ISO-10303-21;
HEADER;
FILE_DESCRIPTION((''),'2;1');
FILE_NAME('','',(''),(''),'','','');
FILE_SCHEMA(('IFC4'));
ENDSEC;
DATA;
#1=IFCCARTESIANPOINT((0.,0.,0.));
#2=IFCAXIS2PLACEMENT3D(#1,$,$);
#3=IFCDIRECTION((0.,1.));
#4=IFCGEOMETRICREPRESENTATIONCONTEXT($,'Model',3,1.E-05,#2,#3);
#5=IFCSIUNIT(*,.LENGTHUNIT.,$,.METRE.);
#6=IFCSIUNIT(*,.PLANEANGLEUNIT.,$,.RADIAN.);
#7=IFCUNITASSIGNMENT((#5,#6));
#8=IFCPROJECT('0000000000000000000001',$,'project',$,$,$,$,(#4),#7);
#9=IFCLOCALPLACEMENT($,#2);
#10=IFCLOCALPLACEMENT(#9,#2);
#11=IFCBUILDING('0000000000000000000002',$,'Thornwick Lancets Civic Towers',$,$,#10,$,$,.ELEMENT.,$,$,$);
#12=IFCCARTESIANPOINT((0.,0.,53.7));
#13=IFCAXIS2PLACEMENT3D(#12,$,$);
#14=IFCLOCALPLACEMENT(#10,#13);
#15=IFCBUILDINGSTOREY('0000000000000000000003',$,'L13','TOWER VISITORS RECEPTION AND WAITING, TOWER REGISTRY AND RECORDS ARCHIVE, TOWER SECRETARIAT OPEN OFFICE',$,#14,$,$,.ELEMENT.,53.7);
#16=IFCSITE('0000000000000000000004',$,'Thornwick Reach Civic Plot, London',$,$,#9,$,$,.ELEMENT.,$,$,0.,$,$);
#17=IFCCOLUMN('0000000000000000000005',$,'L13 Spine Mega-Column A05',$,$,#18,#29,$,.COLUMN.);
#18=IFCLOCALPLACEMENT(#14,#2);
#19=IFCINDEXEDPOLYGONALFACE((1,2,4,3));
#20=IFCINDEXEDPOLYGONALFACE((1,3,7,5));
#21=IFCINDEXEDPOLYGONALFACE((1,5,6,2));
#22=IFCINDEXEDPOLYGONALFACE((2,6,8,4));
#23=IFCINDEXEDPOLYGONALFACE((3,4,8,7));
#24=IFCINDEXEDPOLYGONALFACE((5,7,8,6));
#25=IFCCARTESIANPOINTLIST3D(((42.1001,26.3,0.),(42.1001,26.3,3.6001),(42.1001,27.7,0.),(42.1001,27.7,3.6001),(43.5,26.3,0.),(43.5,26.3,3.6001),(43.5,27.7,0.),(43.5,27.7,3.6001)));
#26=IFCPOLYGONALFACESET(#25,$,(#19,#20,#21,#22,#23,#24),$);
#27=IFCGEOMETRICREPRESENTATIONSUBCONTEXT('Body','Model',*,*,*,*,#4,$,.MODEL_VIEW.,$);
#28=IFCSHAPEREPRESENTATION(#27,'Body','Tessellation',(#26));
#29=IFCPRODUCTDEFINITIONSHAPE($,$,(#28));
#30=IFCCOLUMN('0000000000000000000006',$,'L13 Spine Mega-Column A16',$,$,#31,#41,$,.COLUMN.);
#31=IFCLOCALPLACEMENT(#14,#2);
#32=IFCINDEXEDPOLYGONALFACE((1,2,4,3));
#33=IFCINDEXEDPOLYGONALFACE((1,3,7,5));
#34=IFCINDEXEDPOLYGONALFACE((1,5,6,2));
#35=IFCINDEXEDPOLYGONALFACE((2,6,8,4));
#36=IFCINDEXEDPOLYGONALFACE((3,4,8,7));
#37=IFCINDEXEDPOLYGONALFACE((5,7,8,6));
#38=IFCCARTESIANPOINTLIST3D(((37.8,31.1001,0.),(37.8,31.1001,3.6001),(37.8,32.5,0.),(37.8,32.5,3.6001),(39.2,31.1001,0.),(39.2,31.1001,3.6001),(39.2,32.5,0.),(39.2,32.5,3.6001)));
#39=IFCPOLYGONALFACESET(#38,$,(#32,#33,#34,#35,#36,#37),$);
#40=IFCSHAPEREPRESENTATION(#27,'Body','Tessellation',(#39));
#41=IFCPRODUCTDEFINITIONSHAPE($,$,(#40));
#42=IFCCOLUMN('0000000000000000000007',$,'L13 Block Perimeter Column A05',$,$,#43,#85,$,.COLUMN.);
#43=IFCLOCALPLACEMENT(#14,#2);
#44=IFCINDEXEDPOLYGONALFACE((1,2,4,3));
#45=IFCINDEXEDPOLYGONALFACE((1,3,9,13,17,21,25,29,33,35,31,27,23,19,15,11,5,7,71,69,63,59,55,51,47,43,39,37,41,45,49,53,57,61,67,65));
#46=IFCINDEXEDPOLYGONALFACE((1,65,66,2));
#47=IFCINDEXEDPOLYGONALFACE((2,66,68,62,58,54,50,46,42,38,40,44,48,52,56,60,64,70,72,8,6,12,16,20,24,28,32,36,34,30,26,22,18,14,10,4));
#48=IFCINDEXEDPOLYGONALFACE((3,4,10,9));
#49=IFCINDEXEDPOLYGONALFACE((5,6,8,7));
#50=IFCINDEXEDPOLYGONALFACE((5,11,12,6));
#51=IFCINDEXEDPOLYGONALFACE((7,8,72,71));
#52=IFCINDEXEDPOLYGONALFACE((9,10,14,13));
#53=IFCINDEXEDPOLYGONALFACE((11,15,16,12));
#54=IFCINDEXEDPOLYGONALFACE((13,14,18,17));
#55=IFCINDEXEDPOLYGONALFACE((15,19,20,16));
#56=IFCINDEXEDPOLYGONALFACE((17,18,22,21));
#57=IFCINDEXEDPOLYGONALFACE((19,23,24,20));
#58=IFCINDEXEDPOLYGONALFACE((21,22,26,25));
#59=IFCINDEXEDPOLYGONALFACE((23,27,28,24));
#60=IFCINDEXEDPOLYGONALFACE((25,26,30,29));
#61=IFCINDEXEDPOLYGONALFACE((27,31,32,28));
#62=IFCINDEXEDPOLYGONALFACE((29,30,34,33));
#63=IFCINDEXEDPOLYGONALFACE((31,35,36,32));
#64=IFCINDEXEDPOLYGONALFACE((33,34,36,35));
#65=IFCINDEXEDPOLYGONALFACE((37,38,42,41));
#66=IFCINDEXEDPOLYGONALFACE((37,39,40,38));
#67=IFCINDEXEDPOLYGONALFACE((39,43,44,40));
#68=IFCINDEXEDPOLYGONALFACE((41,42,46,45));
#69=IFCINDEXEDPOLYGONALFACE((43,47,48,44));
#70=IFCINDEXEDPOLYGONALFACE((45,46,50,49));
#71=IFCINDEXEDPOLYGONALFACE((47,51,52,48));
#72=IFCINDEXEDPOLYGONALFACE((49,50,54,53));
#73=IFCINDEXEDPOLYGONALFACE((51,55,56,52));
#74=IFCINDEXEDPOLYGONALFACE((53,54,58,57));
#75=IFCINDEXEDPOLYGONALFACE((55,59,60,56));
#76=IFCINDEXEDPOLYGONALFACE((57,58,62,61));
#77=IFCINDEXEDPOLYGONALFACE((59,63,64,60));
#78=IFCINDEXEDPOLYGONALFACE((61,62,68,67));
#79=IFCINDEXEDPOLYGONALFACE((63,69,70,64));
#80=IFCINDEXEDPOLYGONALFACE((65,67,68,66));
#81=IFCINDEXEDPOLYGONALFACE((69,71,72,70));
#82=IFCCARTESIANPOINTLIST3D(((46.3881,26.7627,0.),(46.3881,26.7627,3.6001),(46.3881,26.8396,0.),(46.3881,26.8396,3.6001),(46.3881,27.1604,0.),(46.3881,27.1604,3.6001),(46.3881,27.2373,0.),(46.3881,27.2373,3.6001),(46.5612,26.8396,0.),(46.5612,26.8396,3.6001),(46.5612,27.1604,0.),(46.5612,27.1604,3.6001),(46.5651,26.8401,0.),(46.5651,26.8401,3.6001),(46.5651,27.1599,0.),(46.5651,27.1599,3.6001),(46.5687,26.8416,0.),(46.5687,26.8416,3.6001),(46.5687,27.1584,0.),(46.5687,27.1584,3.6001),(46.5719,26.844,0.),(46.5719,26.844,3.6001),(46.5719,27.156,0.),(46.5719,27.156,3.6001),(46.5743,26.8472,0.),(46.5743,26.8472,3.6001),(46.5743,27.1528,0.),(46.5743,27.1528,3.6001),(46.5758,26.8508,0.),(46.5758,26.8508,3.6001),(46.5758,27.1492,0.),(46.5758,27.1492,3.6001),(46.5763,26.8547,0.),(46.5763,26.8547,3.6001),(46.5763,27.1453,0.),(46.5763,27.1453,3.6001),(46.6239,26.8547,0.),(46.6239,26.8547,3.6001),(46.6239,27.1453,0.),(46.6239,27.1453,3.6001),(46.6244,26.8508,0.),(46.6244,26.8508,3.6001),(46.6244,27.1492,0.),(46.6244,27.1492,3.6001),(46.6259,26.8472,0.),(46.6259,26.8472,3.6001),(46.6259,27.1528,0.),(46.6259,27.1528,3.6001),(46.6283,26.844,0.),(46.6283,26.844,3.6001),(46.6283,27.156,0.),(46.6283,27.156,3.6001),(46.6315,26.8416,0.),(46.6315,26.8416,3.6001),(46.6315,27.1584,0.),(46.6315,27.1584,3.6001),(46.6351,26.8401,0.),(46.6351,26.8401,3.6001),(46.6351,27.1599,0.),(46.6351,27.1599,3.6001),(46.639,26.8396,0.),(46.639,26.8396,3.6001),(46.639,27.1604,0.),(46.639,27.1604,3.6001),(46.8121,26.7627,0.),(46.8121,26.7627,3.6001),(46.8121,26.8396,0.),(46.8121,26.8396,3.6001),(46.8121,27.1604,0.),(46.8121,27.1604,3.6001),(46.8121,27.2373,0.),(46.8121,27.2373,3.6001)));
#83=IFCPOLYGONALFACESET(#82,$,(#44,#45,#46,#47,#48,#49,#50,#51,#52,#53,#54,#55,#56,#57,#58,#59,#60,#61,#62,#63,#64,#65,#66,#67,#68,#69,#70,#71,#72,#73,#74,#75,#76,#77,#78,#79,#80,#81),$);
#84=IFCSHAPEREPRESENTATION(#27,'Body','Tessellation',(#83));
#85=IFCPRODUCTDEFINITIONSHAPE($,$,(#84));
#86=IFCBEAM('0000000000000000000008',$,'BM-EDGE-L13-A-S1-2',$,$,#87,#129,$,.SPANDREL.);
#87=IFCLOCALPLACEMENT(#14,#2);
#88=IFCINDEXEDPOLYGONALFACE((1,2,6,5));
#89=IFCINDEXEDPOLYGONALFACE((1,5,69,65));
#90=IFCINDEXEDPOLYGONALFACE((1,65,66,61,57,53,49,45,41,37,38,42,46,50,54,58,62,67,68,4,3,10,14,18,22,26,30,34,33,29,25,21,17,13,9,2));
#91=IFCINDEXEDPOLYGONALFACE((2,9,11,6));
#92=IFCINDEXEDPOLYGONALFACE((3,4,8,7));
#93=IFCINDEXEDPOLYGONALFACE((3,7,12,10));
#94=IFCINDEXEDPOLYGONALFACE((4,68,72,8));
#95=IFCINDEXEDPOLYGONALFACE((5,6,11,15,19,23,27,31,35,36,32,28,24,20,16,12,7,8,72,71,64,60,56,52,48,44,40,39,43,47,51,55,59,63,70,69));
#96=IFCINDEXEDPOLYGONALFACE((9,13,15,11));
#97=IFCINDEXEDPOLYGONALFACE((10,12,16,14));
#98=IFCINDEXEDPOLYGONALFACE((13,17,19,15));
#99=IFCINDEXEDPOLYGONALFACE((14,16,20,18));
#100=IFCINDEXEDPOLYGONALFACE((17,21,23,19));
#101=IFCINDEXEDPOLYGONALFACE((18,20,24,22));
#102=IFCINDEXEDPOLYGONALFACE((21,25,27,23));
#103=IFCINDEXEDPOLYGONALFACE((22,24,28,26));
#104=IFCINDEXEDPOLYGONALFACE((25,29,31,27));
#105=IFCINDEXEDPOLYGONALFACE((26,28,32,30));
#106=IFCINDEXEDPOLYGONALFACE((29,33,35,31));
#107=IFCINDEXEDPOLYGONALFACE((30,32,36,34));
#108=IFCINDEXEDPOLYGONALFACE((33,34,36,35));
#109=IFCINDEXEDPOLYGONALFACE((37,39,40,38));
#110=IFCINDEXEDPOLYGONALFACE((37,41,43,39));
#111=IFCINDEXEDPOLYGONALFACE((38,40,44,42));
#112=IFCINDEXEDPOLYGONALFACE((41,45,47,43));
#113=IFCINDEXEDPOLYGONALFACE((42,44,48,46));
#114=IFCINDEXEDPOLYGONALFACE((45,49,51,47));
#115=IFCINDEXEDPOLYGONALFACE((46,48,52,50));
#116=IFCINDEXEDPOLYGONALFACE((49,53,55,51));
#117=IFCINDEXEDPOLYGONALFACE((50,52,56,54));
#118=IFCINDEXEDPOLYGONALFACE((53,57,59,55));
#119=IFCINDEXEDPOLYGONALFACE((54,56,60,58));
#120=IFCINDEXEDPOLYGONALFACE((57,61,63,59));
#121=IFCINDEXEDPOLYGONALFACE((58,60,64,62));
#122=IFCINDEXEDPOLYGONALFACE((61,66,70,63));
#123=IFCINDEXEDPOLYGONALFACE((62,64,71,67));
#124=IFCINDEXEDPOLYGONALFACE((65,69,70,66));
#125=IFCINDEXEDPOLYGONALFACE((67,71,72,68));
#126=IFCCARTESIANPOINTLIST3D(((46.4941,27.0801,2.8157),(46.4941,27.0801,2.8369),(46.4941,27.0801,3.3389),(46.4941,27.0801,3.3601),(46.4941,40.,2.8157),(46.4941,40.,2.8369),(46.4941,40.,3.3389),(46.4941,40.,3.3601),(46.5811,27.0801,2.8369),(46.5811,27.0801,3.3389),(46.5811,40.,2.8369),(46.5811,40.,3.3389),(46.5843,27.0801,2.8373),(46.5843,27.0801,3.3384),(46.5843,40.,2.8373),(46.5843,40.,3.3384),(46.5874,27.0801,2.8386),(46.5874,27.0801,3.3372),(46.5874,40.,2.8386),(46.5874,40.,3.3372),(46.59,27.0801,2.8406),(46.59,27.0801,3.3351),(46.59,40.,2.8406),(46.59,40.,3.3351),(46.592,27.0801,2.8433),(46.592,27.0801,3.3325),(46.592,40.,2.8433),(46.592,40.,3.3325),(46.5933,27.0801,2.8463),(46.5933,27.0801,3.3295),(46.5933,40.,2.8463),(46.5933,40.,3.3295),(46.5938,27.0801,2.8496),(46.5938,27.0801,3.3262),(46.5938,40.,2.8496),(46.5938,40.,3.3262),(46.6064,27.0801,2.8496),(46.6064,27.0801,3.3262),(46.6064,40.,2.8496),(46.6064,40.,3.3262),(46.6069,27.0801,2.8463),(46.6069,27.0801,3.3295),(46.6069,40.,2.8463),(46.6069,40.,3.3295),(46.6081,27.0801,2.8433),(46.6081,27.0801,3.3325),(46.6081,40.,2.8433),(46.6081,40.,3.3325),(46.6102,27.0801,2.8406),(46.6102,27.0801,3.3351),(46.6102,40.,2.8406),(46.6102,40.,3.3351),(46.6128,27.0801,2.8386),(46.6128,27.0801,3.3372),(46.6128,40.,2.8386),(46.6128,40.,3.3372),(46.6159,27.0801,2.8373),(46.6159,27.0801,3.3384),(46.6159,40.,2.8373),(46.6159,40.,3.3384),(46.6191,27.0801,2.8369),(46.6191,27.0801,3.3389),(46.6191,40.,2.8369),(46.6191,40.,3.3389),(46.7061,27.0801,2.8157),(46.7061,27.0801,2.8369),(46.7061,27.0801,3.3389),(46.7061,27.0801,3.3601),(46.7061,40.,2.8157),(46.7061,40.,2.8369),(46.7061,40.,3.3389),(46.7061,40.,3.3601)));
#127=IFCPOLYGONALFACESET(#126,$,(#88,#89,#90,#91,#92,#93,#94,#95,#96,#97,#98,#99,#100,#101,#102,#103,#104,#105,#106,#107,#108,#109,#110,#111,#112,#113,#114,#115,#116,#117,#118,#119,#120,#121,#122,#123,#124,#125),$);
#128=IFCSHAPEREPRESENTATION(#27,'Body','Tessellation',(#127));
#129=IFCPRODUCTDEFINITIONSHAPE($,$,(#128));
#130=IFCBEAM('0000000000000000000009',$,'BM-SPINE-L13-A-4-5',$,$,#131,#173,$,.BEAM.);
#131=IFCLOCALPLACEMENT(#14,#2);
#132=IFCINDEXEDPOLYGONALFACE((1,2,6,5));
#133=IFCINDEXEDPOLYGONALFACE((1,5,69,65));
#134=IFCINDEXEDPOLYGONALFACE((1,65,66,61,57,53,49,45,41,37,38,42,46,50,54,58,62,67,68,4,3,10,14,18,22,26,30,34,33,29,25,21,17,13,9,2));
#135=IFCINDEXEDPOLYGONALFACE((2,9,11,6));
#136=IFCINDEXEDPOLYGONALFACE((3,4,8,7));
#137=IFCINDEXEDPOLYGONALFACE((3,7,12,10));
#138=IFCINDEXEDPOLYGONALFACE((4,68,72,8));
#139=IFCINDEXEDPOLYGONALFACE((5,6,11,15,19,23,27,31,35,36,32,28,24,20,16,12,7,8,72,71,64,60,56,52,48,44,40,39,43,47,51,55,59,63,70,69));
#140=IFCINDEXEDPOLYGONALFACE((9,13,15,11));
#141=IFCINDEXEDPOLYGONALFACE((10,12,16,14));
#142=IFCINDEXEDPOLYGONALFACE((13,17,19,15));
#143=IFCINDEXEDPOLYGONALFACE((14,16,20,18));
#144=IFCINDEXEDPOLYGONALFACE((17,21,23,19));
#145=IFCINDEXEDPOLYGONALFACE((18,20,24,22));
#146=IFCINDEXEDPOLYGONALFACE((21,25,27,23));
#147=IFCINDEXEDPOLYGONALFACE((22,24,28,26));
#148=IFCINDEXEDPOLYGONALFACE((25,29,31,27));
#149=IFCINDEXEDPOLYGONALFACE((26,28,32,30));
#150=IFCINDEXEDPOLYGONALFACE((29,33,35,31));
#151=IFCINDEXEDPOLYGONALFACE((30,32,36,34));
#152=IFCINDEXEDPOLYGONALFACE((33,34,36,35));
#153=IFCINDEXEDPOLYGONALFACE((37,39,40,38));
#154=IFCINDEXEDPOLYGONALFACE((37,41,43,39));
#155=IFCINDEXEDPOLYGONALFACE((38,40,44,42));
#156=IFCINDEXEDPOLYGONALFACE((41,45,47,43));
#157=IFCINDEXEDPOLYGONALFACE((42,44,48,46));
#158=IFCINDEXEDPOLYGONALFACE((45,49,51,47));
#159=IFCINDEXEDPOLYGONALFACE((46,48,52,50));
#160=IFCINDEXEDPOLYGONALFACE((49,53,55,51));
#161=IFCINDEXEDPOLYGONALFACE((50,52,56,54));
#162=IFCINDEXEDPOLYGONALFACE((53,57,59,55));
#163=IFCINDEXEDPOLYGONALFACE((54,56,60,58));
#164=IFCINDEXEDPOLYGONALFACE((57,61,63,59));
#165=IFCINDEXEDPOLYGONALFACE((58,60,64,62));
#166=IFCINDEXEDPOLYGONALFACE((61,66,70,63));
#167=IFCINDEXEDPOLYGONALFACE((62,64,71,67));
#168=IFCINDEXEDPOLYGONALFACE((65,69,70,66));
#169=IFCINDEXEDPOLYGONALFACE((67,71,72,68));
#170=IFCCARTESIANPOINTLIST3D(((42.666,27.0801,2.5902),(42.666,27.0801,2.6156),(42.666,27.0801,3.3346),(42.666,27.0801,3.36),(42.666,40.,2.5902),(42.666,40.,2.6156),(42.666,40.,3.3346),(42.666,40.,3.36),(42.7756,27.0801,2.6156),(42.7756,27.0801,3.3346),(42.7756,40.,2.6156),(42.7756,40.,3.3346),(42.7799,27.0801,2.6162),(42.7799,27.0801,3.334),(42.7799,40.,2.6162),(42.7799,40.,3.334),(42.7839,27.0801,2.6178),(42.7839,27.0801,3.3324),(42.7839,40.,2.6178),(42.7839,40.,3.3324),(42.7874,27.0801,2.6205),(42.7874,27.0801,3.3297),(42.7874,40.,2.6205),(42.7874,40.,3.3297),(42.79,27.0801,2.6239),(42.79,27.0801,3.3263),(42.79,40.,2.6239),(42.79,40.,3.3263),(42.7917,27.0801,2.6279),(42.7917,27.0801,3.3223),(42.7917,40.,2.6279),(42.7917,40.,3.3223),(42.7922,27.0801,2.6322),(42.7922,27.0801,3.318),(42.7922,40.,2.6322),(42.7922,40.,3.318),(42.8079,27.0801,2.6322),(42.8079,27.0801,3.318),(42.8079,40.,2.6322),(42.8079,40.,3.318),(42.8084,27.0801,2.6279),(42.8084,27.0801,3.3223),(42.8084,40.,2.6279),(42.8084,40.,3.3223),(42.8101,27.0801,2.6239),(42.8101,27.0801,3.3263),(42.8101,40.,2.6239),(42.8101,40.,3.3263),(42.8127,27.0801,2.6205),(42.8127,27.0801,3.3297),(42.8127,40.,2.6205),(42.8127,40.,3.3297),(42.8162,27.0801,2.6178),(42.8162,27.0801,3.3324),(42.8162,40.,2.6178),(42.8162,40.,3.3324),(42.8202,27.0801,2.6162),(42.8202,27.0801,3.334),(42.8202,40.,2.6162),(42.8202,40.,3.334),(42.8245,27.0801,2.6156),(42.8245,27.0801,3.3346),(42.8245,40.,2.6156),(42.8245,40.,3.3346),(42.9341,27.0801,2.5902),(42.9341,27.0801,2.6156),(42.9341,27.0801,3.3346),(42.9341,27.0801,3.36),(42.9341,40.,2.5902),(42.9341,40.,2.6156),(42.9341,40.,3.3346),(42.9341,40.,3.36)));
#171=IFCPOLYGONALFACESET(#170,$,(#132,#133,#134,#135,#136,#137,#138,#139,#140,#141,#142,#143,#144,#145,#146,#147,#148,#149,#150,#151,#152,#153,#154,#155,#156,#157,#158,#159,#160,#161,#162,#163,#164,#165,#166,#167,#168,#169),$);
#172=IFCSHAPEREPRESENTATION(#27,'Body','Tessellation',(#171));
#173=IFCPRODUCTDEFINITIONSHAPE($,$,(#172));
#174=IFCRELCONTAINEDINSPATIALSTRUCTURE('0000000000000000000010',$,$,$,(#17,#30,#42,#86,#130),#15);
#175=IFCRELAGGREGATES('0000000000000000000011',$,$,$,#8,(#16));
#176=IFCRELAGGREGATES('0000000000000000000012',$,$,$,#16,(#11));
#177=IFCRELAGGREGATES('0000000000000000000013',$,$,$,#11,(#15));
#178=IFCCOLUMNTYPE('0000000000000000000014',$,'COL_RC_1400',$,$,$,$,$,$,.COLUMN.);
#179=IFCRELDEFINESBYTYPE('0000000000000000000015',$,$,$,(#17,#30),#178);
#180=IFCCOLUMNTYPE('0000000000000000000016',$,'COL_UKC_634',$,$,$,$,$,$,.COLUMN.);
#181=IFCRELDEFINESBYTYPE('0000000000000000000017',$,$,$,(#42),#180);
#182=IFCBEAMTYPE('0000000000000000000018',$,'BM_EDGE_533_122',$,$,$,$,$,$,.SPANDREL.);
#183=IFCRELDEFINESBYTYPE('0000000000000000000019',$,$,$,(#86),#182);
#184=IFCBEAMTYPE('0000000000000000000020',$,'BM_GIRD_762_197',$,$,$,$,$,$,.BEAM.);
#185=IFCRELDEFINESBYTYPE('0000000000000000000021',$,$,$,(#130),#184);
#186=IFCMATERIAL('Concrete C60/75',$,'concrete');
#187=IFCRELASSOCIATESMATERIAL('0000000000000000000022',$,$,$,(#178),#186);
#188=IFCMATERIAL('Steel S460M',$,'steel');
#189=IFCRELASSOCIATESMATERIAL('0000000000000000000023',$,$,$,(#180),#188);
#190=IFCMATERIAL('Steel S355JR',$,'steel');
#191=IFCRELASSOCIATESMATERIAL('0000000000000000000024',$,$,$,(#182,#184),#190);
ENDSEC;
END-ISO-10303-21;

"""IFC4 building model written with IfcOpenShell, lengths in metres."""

from ifc_helpers import new_model, si_unit, direction, frame, origin, origin_2d, place, context, subcontext, project, spatial, rectangle, i_section, extrude, material, material_profile, profile_set, type_object, element, save


model = new_model("IFC4")

# Units and contexts
model_context = context("Model", 3, precision=1e-05, world=origin(), true_north=direction((0.0, 1.0)))
body_context = subcontext(model_context, "Body", "Model", "MODEL_VIEW")
ifc_project = project(units=[si_unit("LENGTHUNIT", "METRE"), si_unit("PLANEANGLEUNIT", "RADIAN")], contexts=[model_context])

# Site, building, storey
site_placement = place(None, origin())
site = spatial("IfcSite", under=ifc_project, at=site_placement, Name="Thornwick Reach Civic Plot, London", CompositionType="ELEMENT", RefElevation=0.0)
building_placement = place(site_placement, origin())
building = spatial("IfcBuilding", under=site, at=building_placement, Name="Thornwick Lancets Civic Towers", CompositionType="ELEMENT")
storey_placement = place(building_placement, frame((0.0, 0.0, 53.7)))
storey = spatial("IfcBuildingStorey", under=building, at=storey_placement, Name="L13", Description="TOWER VISITORS RECEPTION AND WAITING, TOWER REGISTRY AND RECORDS ARCHIVE, TOWER SECRETARIAT OPEN OFFICE", CompositionType="ELEMENT", Elevation=53.7)

# Columns
ifc_material_1 = material(Name="Concrete C60/75", Category="concrete")
ifc_material_profile_1 = material_profile(ifc_material_1, rectangle(XDim=1.3999, YDim=1.3999, at=origin_2d()), Name="RC 1400x1400")
ifc_profile_set_1 = profile_set([ifc_material_profile_1], Name="Concrete C60/75")
column_type_1 = type_object("IfcColumnType", Name="COL_RC_1400", PredefinedType="COLUMN", material=ifc_profile_set_1)
for number, where, z_axis, x_axis, name in (
    (1, (42.8, 27.0, 0.0), (0.0, 0.0, 1.0), (1.0, 0.0, 0.0), "L13 Spine Mega-Column A05"),
    (2, (38.5, 31.8, 0.0), (0.0, 0.0, 1.0), (1.0, 0.0, 0.0), "L13 Spine Mega-Column A16"),
):
    element("IfcColumn", number, at=place(storey_placement, frame(where, z_axis=z_axis, x_axis=x_axis)), inside=storey, type_object=column_type_1, Name=name, PredefinedType="COLUMN", context=body_context, shape_type="SweptSolid", body=[
        extrude(rectangle(XDim=1.3999, YDim=1.3999, at=origin_2d()), origin(), (0.0, 0.0, 1.0), 3.6001),
    ])
ifc_material_2 = material(Name="Steel S460M", Category="steel")
ifc_material_profile_2 = material_profile(ifc_material_2, i_section(OverallWidth=0.4241, OverallDepth=0.4746, WebThickness=0.0476, FlangeThickness=0.0769, FilletRadius=0.0151, at=origin_2d()), Name="UKC 356x406x634")
ifc_profile_set_2 = profile_set([ifc_material_profile_2], Name="Steel S460M")
column_type_2 = type_object("IfcColumnType", Name="COL_UKC_634", PredefinedType="COLUMN", material=ifc_profile_set_2)
column_placement = place(storey_placement, frame((46.6001, 27.0, 0.0), z_axis=(0.0, 0.0, 1.0), x_axis=(1.0, 0.0, 0.0)))
element("IfcColumn", 3, at=column_placement, inside=storey, type_object=column_type_2, Name="L13 Block Perimeter Column A05", PredefinedType="COLUMN", context=body_context, shape_type="SweptSolid", body=[
    extrude(i_section(OverallWidth=0.4241, OverallDepth=0.4746, WebThickness=0.0476, FlangeThickness=0.0769, FilletRadius=0.0151, at=origin_2d()), origin(), (0.0, 0.0, 1.0), 3.6001),
])

# Beams
ifc_material_3 = material(Name="Steel S355JR", Category="steel")
ifc_material_profile_3 = material_profile(ifc_material_3, i_section(OverallWidth=0.2119, OverallDepth=0.5444, WebThickness=0.0127, FlangeThickness=0.0212, FilletRadius=0.0127, at=origin_2d()), Name="UKB 533x210x122")
ifc_profile_set_3 = profile_set([ifc_material_profile_3], Name="Steel S355JR")
beam_type_1 = type_object("IfcBeamType", Name="BM_EDGE_533_122", PredefinedType="SPANDREL", material=ifc_profile_set_3)
beam_1_placement = place(storey_placement, frame((46.6001, 27.0801, 3.0879), z_axis=(0.0, 1.0, 0.0), x_axis=(-1.0, 0.0, 0.0)))
element("IfcBeam", 4, at=beam_1_placement, inside=storey, type_object=beam_type_1, Name="BM-EDGE-L13-A-S1-2", PredefinedType="SPANDREL", context=body_context, shape_type="SweptSolid", body=[
    extrude(i_section(OverallWidth=0.2119, OverallDepth=0.5444, WebThickness=0.0127, FlangeThickness=0.0212, FilletRadius=0.0127, at=origin_2d()), origin(), (0.0, 0.0, 1.0), 12.9199),
])
ifc_material_profile_4 = material_profile(ifc_material_3, i_section(OverallWidth=0.2681, OverallDepth=0.7698, WebThickness=0.0156, FlangeThickness=0.0254, FilletRadius=0.0166, at=origin_2d()), Name="UKB 762x267x197")
ifc_profile_set_4 = profile_set([ifc_material_profile_4], Name="Steel S355JR")
beam_type_2 = type_object("IfcBeamType", Name="BM_GIRD_762_197", PredefinedType="BEAM", material=ifc_profile_set_4)
beam_2_placement = place(storey_placement, frame((42.8, 27.0801, 2.9751), z_axis=(0.0, 1.0, 0.0), x_axis=(-1.0, 0.0, 0.0)))
element("IfcBeam", 5, at=beam_2_placement, inside=storey, type_object=beam_type_2, Name="BM-SPINE-L13-A-4-5", PredefinedType="BEAM", context=body_context, shape_type="SweptSolid", body=[
    extrude(i_section(OverallWidth=0.2681, OverallDepth=0.7698, WebThickness=0.0156, FlangeThickness=0.0254, FilletRadius=0.0166, at=origin_2d()), origin(), (0.0, 0.0, 1.0), 12.9199),
])

save(model, "model.ifc")
